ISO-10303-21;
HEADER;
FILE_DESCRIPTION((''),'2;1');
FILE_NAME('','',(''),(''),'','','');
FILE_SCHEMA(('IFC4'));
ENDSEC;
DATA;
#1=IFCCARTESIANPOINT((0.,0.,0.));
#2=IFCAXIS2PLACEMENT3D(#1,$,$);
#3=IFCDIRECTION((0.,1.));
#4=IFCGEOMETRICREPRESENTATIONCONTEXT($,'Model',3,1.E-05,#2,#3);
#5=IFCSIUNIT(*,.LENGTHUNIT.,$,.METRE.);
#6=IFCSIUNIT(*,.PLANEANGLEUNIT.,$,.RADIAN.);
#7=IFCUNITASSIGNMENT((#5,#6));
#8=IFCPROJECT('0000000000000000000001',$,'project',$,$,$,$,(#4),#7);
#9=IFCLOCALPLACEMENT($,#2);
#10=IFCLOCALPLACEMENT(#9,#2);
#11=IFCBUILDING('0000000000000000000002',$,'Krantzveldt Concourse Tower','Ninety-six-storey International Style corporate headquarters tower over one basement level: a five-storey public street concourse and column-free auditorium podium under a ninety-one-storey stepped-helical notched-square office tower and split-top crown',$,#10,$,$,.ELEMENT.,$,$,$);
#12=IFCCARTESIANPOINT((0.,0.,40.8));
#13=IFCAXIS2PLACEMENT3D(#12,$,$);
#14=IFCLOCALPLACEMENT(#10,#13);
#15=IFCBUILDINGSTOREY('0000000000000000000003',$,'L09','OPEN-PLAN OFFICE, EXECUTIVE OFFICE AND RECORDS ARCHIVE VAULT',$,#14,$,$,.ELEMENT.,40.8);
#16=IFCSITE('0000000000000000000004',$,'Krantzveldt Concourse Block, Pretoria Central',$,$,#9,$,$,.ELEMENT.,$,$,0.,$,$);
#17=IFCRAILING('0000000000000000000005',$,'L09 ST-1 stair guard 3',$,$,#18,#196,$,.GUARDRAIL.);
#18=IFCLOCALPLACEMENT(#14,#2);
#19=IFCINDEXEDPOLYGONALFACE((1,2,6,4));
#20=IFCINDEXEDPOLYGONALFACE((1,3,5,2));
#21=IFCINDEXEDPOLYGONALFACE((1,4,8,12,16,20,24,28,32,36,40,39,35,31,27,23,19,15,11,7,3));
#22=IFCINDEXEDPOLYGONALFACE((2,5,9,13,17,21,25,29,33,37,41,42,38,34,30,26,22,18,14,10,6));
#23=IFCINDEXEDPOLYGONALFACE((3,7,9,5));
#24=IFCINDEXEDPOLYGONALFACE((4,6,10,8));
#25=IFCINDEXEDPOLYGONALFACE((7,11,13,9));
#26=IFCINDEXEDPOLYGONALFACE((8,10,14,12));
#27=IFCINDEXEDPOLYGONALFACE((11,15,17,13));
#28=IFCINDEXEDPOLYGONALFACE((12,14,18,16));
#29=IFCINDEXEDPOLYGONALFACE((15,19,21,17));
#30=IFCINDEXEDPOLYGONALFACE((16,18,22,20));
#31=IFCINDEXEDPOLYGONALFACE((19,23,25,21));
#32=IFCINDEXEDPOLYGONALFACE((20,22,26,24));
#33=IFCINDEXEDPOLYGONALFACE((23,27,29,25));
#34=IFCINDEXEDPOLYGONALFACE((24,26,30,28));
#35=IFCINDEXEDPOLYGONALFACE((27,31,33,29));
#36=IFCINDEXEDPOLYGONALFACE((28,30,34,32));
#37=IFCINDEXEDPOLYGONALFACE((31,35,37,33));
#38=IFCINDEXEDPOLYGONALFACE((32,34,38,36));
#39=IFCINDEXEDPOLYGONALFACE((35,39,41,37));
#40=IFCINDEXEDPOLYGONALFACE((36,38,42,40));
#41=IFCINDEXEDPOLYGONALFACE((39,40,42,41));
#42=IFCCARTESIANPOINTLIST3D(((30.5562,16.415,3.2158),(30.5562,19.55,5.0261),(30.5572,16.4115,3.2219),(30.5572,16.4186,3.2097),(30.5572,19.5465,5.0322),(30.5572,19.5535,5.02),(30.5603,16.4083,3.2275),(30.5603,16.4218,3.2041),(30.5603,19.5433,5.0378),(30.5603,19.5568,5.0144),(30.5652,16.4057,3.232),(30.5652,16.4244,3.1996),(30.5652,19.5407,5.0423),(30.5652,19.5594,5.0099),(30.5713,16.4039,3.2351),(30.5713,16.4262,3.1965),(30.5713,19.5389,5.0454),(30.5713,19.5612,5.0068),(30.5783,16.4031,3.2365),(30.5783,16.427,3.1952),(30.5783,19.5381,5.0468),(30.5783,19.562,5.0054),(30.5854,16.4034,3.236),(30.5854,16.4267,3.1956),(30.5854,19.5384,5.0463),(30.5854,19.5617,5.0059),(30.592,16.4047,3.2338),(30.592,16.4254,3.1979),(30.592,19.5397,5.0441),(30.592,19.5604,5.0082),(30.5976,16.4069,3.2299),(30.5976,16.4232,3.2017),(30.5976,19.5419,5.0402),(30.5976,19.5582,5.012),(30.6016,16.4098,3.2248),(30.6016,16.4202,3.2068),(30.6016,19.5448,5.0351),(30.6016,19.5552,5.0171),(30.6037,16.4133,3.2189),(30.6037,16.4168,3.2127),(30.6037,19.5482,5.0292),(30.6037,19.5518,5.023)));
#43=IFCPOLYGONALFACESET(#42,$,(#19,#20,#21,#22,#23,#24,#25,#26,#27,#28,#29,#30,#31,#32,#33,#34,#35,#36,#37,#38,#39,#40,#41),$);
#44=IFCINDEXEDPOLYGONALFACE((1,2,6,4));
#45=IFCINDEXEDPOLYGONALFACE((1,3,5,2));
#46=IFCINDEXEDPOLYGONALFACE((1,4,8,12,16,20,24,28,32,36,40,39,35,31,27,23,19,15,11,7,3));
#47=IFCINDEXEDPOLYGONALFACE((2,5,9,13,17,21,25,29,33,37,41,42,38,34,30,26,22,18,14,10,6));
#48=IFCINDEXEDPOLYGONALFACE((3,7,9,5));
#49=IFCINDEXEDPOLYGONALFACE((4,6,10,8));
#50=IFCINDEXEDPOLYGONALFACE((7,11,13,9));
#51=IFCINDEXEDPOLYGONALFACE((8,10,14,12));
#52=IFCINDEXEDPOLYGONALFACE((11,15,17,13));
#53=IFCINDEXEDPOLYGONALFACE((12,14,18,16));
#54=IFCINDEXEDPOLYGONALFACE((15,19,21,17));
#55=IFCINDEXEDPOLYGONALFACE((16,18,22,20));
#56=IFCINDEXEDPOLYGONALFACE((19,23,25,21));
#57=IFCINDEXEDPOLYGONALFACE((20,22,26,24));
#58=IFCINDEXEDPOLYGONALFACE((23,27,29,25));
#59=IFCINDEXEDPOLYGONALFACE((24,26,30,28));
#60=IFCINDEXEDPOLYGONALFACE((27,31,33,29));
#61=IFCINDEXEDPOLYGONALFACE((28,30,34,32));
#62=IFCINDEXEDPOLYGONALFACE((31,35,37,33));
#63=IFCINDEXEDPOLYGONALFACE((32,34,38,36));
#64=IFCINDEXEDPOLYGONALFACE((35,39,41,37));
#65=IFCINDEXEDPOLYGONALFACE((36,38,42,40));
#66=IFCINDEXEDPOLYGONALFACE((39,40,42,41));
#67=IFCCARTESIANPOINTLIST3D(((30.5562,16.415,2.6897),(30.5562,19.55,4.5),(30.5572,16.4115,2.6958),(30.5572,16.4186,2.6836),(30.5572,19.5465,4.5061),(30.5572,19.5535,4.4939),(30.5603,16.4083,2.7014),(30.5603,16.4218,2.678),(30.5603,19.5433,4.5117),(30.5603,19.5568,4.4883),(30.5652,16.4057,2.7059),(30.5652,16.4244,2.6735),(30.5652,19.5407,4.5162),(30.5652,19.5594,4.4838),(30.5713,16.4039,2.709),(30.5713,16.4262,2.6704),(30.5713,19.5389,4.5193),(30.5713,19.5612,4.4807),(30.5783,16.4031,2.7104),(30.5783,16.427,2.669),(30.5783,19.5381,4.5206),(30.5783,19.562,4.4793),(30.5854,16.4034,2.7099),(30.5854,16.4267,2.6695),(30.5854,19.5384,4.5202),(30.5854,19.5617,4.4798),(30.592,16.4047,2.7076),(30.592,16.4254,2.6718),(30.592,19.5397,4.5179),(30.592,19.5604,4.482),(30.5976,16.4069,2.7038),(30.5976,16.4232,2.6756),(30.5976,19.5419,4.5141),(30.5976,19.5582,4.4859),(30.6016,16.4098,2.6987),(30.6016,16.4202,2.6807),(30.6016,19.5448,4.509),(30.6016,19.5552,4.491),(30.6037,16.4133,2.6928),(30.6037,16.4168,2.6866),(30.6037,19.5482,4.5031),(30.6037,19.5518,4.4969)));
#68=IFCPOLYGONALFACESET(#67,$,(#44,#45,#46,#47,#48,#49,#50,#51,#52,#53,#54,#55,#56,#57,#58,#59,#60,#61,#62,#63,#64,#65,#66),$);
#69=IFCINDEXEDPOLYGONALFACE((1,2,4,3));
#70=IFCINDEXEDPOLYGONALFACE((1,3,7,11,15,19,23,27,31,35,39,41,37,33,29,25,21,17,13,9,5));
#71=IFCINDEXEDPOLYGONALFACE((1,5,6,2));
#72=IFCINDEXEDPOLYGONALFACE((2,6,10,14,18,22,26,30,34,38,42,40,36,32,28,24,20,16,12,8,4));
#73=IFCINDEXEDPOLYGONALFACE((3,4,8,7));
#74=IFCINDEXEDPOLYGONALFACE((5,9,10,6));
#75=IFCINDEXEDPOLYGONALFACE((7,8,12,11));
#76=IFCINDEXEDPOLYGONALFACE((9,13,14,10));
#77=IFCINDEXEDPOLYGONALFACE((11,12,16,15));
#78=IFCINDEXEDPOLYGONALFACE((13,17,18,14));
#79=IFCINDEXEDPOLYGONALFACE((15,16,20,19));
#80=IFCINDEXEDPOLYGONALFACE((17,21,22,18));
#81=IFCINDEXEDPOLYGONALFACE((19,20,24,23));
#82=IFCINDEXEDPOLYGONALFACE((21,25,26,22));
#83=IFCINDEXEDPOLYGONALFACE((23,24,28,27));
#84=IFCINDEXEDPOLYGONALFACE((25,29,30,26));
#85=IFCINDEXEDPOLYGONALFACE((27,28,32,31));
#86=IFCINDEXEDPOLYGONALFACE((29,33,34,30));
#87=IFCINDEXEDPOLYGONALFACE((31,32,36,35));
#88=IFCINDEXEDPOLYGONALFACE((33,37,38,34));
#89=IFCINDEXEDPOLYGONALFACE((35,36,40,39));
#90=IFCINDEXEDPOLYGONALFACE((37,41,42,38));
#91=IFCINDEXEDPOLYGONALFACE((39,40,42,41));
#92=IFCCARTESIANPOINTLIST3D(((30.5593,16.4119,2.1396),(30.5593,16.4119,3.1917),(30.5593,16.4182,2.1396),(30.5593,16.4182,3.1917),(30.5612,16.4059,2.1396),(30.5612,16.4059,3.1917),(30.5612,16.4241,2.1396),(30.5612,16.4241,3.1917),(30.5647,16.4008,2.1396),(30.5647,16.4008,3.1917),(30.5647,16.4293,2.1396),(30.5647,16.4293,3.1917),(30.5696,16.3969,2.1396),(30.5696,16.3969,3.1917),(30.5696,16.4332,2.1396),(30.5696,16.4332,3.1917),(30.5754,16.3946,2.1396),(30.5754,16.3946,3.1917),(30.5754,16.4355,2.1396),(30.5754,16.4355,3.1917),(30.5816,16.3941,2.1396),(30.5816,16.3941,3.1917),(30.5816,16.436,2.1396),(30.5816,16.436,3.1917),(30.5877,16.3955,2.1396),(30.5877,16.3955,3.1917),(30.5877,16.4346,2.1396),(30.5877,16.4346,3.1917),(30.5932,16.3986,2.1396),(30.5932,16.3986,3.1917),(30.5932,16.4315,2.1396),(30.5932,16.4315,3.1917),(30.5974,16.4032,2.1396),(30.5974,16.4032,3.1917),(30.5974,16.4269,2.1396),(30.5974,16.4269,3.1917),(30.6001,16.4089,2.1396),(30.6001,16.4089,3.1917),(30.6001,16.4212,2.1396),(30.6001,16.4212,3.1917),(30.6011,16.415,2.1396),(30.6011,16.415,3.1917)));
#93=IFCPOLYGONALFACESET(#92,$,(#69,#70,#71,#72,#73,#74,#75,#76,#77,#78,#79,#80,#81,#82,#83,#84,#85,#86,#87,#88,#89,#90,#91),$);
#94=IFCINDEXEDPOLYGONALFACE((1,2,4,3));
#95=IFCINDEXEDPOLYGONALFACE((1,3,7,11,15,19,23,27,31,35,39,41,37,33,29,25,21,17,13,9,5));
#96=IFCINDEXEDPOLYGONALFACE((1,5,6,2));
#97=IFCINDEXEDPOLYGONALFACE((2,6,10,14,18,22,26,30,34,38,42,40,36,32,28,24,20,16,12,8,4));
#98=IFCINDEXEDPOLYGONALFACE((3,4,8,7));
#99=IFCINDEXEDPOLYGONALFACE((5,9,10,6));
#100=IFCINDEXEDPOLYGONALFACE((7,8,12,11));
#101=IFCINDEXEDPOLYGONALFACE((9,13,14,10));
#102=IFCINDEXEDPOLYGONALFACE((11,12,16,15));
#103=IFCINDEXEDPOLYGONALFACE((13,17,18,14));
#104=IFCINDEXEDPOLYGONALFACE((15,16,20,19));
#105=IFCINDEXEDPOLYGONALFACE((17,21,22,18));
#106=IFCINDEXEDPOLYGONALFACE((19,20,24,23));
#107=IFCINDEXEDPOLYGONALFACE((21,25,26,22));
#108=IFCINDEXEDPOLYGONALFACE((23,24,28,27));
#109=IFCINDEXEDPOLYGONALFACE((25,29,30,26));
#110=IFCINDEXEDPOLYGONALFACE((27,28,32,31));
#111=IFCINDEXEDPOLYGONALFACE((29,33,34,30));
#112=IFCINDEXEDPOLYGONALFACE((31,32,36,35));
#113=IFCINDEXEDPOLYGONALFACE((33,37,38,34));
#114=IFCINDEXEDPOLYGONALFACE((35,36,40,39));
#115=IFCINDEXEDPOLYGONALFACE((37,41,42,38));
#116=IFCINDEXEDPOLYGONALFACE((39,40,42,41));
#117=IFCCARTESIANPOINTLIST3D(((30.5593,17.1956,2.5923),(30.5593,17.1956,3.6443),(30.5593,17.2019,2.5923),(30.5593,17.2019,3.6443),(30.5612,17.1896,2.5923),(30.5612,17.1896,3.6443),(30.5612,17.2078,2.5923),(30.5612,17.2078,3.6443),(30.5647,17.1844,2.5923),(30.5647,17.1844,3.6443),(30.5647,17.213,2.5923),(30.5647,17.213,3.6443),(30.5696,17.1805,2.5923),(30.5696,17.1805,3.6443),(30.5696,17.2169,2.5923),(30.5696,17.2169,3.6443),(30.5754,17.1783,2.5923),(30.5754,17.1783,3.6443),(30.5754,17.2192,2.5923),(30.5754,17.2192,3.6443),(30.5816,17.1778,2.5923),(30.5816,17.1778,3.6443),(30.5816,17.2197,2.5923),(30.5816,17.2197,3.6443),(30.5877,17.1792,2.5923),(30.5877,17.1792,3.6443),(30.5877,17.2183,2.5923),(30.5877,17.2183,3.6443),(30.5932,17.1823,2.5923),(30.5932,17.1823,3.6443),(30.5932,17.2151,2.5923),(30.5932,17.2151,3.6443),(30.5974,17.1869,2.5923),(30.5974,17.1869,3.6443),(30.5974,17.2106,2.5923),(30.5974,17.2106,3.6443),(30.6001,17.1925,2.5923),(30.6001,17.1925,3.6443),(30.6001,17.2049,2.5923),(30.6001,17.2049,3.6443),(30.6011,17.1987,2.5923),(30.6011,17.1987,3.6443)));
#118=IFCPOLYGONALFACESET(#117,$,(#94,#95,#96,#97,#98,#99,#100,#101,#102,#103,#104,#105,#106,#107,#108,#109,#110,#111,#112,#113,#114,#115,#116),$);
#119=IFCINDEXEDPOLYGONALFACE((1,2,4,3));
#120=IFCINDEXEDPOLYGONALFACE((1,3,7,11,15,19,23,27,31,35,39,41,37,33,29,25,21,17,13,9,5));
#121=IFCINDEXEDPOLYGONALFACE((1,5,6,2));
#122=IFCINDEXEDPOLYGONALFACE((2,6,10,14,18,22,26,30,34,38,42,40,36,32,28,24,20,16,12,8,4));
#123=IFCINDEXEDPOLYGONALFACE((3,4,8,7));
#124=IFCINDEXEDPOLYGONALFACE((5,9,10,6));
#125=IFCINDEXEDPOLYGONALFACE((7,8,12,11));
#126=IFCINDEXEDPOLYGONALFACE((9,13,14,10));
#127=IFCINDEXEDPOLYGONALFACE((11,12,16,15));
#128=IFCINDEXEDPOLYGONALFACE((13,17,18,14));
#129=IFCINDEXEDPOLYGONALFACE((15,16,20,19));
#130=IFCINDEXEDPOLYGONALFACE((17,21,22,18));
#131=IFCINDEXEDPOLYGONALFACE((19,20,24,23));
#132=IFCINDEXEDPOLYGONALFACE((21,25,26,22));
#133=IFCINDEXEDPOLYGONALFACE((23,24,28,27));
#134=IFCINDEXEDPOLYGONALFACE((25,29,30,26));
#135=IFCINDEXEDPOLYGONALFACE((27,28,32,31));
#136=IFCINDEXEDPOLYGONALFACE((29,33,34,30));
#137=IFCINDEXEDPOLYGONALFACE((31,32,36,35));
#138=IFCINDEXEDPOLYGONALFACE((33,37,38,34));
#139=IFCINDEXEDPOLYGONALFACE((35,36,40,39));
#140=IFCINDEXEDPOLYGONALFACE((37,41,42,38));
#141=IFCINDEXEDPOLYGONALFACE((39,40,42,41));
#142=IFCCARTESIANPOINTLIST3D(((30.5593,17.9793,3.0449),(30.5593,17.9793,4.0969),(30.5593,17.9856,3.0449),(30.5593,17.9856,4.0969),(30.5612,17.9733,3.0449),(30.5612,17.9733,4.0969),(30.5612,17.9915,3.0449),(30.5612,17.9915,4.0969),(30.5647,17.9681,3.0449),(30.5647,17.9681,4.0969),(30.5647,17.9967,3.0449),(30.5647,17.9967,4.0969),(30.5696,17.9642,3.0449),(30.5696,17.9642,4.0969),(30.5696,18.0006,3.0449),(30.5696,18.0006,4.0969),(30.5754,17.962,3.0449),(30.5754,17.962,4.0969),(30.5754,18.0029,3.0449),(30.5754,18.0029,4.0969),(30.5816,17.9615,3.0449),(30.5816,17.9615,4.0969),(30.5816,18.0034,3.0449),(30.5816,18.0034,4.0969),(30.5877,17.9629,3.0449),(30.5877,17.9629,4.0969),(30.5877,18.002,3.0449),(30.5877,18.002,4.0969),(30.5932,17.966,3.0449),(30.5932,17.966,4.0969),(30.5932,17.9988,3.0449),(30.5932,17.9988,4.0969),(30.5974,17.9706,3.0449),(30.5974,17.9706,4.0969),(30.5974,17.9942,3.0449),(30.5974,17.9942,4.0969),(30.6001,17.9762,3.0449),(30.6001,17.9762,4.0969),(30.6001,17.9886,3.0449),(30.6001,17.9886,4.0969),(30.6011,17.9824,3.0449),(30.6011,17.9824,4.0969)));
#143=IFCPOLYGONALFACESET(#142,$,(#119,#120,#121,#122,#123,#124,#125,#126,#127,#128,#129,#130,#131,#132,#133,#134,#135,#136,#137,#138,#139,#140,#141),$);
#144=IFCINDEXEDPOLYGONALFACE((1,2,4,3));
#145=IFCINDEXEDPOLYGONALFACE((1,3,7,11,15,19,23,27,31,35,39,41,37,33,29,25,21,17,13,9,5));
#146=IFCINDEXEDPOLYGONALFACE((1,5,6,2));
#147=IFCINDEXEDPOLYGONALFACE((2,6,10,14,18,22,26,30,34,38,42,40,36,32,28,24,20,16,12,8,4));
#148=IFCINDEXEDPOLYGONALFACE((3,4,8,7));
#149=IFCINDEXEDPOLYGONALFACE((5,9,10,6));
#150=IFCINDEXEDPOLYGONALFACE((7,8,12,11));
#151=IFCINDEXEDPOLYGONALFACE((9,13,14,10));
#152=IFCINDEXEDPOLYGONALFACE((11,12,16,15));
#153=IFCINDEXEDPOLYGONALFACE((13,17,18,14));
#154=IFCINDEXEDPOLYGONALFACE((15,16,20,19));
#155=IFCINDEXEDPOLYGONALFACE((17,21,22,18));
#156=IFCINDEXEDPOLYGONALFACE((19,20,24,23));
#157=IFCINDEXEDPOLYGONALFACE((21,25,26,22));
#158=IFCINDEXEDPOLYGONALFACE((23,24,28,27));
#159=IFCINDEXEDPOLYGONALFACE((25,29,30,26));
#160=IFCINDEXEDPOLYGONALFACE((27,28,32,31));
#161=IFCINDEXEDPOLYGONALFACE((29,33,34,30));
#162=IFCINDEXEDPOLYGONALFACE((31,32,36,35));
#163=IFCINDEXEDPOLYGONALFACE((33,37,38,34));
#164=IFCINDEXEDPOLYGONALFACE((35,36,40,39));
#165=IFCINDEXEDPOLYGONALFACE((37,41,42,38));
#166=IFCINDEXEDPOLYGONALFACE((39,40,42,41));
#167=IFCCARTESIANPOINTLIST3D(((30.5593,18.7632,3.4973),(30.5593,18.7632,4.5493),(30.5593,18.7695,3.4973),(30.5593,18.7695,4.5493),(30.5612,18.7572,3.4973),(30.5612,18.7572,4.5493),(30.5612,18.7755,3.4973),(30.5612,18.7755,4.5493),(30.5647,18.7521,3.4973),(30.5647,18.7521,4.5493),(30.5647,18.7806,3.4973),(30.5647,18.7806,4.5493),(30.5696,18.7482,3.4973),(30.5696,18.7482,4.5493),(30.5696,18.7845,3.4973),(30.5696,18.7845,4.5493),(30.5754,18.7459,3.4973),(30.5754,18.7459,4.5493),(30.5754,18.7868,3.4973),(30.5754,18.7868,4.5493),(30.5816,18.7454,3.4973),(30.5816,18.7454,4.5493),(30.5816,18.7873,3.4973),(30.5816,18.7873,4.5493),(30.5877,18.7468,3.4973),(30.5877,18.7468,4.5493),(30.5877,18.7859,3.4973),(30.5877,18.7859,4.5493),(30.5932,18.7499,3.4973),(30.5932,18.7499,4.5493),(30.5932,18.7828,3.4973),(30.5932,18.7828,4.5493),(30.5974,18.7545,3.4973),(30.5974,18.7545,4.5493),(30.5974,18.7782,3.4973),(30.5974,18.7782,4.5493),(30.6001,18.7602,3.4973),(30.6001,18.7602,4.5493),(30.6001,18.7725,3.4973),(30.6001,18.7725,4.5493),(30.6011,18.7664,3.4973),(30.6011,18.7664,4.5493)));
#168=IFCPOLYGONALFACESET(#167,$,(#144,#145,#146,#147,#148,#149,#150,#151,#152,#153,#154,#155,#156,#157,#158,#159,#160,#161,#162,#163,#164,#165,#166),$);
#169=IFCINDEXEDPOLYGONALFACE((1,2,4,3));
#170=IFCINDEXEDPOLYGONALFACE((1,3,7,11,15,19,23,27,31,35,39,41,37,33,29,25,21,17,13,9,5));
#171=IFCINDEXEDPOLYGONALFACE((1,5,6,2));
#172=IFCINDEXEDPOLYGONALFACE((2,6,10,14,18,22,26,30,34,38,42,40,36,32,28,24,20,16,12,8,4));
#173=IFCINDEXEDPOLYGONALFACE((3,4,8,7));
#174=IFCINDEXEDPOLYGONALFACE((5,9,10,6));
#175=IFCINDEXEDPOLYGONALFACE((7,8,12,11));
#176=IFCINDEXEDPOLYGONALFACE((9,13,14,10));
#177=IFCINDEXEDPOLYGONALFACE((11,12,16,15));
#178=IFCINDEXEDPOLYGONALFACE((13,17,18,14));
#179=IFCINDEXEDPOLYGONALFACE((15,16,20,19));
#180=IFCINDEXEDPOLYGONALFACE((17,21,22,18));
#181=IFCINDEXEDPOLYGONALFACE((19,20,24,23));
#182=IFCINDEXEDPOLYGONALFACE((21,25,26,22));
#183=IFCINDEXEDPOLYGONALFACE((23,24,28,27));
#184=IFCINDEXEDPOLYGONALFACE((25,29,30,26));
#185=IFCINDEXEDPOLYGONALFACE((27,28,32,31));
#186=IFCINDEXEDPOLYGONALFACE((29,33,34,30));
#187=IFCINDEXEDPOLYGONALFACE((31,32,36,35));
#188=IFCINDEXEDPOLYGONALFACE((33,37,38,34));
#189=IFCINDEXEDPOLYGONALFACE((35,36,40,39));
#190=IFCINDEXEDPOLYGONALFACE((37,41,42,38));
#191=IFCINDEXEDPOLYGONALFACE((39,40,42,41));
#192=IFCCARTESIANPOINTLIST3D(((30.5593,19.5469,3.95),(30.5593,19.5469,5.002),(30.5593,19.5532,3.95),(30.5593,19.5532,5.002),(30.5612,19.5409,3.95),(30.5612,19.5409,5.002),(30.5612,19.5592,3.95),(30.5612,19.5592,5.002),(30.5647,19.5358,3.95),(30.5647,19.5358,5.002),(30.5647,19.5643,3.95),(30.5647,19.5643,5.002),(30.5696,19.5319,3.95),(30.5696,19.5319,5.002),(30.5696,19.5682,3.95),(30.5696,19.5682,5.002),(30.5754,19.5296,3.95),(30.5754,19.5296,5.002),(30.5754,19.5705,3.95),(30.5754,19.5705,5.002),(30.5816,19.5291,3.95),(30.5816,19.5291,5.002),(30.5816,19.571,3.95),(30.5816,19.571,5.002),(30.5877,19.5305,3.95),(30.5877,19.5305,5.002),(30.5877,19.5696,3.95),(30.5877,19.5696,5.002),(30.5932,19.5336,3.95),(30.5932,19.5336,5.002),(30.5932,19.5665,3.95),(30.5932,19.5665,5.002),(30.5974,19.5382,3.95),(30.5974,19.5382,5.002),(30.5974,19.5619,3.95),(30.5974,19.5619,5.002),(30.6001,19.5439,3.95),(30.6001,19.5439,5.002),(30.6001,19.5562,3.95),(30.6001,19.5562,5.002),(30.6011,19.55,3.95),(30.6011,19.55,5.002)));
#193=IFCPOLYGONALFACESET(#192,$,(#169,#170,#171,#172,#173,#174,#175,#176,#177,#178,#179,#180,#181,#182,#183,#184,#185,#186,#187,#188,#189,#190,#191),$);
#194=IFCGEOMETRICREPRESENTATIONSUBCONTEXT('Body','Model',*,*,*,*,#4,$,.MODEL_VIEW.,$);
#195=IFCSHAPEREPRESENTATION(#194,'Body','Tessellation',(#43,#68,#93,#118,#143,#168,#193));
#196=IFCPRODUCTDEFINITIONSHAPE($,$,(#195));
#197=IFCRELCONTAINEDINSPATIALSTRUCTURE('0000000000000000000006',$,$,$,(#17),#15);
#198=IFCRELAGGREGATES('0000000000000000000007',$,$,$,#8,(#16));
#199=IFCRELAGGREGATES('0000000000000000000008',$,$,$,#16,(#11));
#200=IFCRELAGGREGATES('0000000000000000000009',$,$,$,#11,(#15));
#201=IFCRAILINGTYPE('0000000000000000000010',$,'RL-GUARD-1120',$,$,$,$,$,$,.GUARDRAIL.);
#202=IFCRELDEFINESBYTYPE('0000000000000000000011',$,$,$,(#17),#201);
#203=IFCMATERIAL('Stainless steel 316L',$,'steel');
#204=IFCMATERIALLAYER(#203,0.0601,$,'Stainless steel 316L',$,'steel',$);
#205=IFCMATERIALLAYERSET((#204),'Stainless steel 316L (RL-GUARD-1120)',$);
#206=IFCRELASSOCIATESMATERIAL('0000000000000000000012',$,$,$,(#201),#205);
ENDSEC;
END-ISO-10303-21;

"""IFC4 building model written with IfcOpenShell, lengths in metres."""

from ifc_helpers import new_model, si_unit, direction, frame, origin, origin_2d, place, context, subcontext, project, spatial, circle, extrude, material, layer, layer_set, type_object, element, save


model = new_model("IFC4")

# Units and contexts
model_context = context("Model", 3, precision=1e-05, world=origin(), true_north=direction((0.0, 1.0)))
body_context = subcontext(model_context, "Body", "Model", "MODEL_VIEW")
ifc_project = project(units=[si_unit("LENGTHUNIT", "METRE"), si_unit("PLANEANGLEUNIT", "RADIAN")], contexts=[model_context])

# Site, building, storey
site_placement = place(None, origin())
site = spatial("IfcSite", under=ifc_project, at=site_placement, Name="Krantzveldt Concourse Block, Pretoria Central", CompositionType="ELEMENT", RefElevation=0.0)
building_placement = place(site_placement, origin())
building = spatial("IfcBuilding", under=site, at=building_placement, Name="Krantzveldt Concourse Tower", Description="Ninety-six-storey International Style corporate headquarters tower over one basement level: a five-storey public street concourse and column-free auditorium podium under a ninety-one-storey stepped-helical notched-square office tower and split-top crown", CompositionType="ELEMENT")
storey_placement = place(building_placement, frame((0.0, 0.0, 40.8)))
storey = spatial("IfcBuildingStorey", under=building, at=storey_placement, Name="L09", Description="OPEN-PLAN OFFICE, EXECUTIVE OFFICE AND RECORDS ARCHIVE VAULT", CompositionType="ELEMENT", Elevation=40.8)

# Railing
ifc_material_1 = material(Name="Stainless steel 316L", Category="steel")
ifc_layer_1 = layer(ifc_material_1, 0.0601, Name="Stainless steel 316L", Category="steel")
ifc_layer_set_1 = layer_set([ifc_layer_1], Name="Stainless steel 316L (RL-GUARD-1120)")
railing_type_1 = type_object("IfcRailingType", Name="RL-GUARD-1120", PredefinedType="GUARDRAIL", material=ifc_layer_set_1)
railing_1_placement = place(storey_placement, frame((30.5801, 16.415, 2.1396)))
element("IfcRailing", 1, at=railing_1_placement, inside=storey, type_object=railing_type_1, Name="L09 ST-1 stair guard 3", PredefinedType="GUARDRAIL", context=body_context, shape_type="SweptSolid", body=[
    extrude(circle(Radius=0.0239, at=origin_2d()), frame((0.0, 0.0, 1.0762), z_axis=(0.0, 0.865989, 0.500063), x_axis=(-1.0, 0.0, 0.0)), (0.0, 0.0, 1.0), 3.6201),
    extrude(circle(Radius=0.0239, at=origin_2d()), frame((0.0, 0.0, 0.55), z_axis=(0.0, 0.865989, 0.500063), x_axis=(-1.0, 0.0, 0.0)), (0.0, 0.0, 1.0), 3.6201),
    extrude(circle(Radius=0.021, at=origin_2d()), origin(), (0.0, 0.0, 1.0), 1.052),
    extrude(circle(Radius=0.021, at=origin_2d()), frame((0.0, 0.7837, 0.4526)), (0.0, 0.0, 1.0), 1.052),
    extrude(circle(Radius=0.021, at=origin_2d()), frame((0.0, 1.5674, 0.9053)), (0.0, 0.0, 1.0), 1.052),
    extrude(circle(Radius=0.021, at=origin_2d()), frame((0.0, 2.3513, 1.3577)), (0.0, 0.0, 1.0), 1.052),
    extrude(circle(Radius=0.021, at=origin_2d()), frame((0.0, 3.135, 1.8103)), (0.0, 0.0, 1.0), 1.052),
])

save(model, "model.ifc")
